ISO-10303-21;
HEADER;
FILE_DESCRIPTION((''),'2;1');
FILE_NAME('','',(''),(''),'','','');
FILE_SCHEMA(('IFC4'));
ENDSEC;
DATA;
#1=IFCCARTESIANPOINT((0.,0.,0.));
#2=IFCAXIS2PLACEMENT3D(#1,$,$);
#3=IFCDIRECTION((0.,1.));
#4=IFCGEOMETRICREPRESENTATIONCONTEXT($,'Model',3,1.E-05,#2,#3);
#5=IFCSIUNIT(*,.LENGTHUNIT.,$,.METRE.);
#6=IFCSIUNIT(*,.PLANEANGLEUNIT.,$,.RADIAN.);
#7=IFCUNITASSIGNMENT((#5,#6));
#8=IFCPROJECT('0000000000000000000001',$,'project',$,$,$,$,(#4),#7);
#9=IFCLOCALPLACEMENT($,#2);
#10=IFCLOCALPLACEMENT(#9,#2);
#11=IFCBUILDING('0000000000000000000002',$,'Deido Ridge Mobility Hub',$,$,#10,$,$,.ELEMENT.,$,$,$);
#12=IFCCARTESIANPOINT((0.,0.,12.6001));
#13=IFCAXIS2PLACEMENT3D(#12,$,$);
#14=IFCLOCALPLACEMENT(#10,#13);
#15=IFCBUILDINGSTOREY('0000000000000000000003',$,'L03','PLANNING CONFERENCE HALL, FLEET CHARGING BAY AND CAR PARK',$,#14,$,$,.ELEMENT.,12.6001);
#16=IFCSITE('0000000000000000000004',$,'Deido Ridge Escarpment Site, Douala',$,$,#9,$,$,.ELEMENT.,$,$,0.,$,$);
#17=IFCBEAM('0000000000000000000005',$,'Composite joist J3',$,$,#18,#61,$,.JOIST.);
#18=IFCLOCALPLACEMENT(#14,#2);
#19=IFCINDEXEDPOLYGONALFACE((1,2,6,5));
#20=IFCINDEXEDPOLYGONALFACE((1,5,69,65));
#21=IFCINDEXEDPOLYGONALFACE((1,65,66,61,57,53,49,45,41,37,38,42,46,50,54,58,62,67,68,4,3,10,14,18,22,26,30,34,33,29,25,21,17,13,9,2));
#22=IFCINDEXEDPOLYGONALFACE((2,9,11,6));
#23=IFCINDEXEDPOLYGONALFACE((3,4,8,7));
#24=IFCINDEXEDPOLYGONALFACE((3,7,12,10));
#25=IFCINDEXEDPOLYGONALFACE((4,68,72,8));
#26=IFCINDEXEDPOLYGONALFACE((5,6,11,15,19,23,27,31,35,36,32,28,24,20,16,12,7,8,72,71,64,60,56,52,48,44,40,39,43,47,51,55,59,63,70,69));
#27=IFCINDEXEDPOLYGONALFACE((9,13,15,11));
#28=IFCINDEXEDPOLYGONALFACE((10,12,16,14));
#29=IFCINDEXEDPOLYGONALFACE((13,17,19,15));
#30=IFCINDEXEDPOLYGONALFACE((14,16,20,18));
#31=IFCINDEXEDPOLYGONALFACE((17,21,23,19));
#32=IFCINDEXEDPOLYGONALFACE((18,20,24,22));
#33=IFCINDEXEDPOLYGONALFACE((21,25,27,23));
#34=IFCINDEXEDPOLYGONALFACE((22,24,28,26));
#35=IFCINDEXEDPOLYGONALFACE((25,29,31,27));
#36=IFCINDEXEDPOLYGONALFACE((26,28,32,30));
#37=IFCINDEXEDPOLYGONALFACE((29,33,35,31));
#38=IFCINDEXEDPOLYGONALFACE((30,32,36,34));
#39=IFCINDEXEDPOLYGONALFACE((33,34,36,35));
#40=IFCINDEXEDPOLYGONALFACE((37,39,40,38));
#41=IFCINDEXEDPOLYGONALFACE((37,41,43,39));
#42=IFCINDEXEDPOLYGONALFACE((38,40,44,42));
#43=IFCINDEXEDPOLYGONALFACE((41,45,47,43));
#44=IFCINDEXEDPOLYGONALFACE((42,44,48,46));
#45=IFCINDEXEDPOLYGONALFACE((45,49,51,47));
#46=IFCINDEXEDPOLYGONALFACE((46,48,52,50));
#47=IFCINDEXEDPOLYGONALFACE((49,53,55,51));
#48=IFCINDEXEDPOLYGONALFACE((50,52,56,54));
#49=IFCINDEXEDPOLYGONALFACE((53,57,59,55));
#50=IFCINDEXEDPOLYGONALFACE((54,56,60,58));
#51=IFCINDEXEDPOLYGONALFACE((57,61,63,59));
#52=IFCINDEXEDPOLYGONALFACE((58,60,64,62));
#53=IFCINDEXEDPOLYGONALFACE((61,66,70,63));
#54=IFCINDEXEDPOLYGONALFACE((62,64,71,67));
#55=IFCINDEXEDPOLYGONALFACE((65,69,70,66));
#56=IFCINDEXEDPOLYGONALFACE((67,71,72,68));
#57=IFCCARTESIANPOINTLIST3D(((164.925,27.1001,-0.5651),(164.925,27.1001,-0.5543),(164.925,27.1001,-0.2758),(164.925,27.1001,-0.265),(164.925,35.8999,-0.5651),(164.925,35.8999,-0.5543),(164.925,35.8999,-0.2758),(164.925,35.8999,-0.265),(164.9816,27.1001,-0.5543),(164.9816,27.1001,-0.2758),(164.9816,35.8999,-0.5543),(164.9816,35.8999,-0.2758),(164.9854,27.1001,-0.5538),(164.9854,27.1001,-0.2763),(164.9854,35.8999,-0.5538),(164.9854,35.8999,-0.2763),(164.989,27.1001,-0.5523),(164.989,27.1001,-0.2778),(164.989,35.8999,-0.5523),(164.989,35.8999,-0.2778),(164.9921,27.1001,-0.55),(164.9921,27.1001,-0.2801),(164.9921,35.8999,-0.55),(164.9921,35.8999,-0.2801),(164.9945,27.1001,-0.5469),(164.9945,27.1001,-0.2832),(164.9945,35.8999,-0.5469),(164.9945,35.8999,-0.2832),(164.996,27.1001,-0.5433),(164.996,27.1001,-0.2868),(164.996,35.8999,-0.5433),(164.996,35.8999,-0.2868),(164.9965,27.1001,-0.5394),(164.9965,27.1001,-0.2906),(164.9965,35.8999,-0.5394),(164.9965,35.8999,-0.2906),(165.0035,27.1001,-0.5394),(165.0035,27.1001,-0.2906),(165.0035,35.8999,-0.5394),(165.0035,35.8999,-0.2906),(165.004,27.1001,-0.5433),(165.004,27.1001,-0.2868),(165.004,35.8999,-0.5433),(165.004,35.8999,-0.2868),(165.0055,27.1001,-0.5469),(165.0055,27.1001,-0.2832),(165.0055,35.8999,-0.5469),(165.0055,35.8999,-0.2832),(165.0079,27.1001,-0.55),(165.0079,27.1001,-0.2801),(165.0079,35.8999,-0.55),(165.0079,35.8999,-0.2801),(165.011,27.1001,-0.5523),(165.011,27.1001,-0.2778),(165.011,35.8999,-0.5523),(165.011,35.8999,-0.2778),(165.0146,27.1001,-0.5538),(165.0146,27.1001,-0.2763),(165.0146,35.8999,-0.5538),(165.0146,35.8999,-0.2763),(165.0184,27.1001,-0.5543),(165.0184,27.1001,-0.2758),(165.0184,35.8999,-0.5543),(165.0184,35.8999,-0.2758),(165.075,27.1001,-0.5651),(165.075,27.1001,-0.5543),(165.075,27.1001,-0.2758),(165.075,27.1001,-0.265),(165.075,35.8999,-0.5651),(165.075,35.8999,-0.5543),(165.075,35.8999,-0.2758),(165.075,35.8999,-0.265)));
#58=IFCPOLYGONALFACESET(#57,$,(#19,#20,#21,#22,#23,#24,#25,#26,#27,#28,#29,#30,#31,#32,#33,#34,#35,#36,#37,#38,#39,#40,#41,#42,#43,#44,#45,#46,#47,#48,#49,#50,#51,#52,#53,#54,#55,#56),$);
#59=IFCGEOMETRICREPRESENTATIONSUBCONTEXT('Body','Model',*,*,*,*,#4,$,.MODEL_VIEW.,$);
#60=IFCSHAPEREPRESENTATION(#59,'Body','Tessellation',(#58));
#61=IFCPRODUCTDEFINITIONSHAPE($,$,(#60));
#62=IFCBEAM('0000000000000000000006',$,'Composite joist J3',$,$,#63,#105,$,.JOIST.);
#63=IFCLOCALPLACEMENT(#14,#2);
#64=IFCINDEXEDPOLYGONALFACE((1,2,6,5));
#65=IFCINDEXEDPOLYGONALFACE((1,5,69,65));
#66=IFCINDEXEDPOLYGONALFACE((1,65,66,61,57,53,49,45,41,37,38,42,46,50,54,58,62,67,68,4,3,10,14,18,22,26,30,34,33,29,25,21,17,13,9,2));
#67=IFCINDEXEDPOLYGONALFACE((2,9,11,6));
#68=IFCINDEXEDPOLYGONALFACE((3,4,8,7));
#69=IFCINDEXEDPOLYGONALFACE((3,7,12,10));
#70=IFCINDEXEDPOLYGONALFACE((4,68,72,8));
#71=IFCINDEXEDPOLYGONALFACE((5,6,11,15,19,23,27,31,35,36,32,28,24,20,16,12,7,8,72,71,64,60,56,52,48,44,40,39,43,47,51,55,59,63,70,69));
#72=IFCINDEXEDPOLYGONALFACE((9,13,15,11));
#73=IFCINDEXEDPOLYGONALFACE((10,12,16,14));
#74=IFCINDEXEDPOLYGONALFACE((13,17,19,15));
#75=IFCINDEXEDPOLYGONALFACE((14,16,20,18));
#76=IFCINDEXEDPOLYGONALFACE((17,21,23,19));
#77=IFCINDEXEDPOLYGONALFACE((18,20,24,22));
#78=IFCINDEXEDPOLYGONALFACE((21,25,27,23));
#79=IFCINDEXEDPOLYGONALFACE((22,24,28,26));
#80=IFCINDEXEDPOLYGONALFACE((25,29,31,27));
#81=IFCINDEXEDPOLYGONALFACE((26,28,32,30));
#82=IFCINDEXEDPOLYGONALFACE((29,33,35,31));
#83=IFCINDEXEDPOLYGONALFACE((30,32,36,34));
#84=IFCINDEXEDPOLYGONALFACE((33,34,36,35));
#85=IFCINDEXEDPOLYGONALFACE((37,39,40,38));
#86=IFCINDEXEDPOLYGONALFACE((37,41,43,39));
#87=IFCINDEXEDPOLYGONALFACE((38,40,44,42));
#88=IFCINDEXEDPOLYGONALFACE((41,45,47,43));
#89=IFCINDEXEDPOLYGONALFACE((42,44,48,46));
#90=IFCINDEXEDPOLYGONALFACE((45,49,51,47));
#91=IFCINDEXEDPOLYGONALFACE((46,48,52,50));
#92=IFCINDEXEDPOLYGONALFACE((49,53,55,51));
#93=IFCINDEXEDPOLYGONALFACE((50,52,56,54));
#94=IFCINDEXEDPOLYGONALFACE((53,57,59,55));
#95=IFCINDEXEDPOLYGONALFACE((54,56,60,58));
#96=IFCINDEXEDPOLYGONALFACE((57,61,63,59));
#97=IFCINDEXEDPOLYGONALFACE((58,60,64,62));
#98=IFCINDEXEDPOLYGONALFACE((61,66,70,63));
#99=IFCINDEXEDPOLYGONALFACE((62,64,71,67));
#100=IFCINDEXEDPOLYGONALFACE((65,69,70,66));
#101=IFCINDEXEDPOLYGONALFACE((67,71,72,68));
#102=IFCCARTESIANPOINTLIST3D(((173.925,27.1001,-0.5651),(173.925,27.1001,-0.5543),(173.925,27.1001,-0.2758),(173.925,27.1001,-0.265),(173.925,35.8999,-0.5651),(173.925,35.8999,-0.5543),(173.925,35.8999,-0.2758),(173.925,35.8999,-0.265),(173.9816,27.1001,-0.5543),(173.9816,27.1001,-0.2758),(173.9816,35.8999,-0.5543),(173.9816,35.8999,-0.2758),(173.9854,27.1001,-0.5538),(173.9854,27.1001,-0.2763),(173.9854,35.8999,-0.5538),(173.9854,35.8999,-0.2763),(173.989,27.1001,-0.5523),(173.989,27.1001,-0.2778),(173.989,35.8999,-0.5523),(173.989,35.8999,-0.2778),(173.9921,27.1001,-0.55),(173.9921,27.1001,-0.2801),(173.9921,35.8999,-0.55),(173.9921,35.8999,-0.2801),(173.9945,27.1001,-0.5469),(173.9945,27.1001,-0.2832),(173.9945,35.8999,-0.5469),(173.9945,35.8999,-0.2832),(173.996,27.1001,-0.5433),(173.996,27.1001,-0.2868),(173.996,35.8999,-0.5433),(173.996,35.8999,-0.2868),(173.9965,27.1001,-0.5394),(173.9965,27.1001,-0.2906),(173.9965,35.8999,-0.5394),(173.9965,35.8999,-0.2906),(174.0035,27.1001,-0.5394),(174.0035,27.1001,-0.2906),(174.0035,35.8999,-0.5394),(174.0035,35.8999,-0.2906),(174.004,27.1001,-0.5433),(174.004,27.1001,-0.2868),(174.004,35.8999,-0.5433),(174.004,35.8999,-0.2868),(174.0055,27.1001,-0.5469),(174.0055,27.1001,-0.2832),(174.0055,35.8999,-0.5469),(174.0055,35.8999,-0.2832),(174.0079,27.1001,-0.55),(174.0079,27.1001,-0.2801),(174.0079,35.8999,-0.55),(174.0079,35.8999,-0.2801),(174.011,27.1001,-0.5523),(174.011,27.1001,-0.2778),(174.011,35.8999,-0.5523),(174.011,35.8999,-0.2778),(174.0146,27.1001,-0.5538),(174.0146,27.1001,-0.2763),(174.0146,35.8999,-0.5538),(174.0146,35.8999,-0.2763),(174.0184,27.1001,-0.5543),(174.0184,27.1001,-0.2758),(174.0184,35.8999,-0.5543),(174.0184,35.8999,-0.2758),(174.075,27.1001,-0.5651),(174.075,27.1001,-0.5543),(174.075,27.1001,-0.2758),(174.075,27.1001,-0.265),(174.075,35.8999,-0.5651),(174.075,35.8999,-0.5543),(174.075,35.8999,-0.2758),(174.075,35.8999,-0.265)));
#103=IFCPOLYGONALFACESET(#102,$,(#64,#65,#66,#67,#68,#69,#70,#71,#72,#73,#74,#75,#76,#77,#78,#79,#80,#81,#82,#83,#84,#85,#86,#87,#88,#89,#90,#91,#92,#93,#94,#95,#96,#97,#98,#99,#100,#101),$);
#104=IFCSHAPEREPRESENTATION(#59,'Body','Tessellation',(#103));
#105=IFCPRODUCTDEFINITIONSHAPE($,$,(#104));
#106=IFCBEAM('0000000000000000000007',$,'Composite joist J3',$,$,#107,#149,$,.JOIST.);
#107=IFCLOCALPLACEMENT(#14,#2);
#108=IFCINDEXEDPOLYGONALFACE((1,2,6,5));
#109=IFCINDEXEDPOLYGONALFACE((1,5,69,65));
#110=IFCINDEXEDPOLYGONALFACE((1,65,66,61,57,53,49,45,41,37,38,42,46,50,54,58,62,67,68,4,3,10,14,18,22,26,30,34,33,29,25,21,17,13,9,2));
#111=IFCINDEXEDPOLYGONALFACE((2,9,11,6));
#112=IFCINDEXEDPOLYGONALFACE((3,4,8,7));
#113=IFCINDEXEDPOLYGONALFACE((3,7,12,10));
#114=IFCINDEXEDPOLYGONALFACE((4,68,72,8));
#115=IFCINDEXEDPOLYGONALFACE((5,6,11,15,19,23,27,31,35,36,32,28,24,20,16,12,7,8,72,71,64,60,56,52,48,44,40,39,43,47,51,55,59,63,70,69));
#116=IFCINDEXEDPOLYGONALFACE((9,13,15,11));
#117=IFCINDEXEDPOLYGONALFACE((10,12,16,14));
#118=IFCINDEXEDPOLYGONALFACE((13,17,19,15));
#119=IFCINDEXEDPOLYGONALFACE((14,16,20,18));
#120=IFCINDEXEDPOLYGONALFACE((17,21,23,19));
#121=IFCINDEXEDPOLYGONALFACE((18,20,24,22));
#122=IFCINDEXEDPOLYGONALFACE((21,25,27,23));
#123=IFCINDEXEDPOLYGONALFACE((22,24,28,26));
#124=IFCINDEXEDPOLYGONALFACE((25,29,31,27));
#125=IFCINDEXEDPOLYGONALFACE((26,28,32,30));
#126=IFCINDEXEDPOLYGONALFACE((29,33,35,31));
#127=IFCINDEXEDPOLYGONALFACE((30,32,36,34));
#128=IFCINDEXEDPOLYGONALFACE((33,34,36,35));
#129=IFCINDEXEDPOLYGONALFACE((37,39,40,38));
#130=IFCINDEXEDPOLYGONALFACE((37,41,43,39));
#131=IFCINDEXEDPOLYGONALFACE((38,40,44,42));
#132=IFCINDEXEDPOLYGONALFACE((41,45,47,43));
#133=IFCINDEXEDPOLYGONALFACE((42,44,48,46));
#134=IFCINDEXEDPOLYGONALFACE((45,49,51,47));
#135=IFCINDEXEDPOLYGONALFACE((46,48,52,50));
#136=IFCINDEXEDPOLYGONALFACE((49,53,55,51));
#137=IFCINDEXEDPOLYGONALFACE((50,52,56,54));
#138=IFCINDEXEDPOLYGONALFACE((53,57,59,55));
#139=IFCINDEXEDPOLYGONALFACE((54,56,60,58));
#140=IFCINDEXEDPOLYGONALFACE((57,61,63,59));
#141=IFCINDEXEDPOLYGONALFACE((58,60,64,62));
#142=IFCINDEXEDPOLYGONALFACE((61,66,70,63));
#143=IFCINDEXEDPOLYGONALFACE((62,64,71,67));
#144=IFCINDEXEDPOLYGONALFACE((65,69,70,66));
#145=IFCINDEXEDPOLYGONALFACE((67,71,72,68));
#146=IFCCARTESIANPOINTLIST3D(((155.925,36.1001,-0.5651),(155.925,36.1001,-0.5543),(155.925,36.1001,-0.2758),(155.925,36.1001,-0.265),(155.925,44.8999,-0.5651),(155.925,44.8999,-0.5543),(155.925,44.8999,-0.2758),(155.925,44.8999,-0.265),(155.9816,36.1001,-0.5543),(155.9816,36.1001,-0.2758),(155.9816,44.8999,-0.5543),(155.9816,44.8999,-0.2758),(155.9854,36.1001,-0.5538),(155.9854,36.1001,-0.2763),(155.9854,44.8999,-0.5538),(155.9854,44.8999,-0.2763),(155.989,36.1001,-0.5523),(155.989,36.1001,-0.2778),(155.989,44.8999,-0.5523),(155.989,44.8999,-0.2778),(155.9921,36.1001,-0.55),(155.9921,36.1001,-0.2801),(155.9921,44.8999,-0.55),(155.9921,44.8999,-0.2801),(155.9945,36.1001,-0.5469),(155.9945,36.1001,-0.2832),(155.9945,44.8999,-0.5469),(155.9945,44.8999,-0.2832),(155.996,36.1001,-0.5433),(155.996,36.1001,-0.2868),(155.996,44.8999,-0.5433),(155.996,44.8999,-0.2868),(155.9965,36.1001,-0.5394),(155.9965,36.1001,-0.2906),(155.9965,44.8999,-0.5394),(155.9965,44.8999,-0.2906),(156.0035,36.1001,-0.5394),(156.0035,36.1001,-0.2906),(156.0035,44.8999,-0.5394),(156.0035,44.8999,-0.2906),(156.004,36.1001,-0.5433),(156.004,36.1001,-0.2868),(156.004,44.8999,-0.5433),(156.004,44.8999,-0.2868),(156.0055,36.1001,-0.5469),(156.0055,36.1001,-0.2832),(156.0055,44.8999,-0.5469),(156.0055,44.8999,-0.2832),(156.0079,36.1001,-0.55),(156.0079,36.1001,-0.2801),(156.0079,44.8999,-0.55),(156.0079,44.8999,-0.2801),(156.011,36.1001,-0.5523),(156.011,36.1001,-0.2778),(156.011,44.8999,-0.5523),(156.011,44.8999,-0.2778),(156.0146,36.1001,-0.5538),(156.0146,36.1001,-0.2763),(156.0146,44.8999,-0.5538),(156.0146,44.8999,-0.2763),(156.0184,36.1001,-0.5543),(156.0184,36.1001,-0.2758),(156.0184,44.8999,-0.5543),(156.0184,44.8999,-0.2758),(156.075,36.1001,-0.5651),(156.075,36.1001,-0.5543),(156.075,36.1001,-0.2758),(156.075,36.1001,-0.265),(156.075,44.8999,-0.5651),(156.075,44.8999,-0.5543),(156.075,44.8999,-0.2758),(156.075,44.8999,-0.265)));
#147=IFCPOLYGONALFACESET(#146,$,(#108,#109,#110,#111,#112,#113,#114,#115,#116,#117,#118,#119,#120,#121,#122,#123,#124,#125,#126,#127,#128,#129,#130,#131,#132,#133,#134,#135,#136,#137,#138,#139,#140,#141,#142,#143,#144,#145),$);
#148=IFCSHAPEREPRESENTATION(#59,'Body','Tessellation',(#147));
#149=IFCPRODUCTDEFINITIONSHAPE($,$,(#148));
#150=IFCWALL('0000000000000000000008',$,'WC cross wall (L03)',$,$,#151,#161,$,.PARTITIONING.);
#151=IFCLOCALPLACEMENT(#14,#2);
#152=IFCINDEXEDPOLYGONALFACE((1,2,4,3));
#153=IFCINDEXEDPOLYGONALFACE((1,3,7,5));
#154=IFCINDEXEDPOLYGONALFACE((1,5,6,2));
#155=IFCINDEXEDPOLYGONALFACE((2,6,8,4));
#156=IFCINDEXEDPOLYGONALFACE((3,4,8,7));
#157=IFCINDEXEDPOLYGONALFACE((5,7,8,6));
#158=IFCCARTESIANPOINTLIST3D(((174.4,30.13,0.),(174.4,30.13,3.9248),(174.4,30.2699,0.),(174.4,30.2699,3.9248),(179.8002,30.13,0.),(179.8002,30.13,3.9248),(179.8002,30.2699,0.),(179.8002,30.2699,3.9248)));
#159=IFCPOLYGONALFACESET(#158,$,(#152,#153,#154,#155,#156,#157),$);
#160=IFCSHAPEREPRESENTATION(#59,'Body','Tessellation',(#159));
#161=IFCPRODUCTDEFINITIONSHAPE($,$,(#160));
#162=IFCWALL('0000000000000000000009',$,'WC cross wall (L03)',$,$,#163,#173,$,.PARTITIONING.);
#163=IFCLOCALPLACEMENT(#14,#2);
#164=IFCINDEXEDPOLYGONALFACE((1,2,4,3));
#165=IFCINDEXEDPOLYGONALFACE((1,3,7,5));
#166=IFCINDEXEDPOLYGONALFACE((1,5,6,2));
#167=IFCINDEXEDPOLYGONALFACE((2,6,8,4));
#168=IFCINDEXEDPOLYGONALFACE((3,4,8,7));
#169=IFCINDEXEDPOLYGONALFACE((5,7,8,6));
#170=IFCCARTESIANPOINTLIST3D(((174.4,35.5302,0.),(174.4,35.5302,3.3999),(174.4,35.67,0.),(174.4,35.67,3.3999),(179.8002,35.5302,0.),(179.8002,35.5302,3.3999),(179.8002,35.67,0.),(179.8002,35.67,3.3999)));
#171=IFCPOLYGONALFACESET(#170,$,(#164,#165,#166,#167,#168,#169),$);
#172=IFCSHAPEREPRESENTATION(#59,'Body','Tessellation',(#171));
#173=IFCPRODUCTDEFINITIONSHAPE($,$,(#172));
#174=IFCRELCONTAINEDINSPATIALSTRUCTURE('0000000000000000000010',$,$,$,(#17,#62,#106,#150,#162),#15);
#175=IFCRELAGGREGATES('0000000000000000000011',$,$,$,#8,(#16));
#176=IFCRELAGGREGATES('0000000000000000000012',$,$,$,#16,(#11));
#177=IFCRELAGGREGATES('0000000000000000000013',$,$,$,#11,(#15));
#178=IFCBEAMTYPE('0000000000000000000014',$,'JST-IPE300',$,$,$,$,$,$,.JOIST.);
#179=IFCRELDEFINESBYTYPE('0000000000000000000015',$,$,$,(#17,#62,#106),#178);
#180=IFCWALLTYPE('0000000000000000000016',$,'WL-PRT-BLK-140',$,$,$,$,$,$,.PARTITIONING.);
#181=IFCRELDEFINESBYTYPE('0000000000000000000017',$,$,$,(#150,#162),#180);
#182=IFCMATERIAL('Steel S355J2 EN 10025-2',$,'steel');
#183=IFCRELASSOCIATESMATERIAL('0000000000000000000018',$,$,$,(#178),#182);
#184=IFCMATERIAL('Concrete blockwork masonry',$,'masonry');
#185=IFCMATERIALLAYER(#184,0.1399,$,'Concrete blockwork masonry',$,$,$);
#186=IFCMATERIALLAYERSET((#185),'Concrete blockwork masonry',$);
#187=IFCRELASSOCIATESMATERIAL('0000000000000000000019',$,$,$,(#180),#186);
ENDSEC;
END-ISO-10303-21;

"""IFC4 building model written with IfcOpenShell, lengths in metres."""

from ifc_helpers import new_model, si_unit, direction, frame, frame_2d, origin, origin_2d, place, context, subcontext, project, spatial, rectangle, i_section, extrude, material, layer, layer_set, material_profile, profile_set, type_object, element, save


model = new_model("IFC4")

# Units and contexts
model_context = context("Model", 3, precision=1e-05, world=origin(), true_north=direction((0.0, 1.0)))
body_context = subcontext(model_context, "Body", "Model", "MODEL_VIEW")
ifc_project = project(units=[si_unit("LENGTHUNIT", "METRE"), si_unit("PLANEANGLEUNIT", "RADIAN")], contexts=[model_context])

# Site, building, storey
site_placement = place(None, origin())
site = spatial("IfcSite", under=ifc_project, at=site_placement, Name="Deido Ridge Escarpment Site, Douala", CompositionType="ELEMENT", RefElevation=0.0)
building_placement = place(site_placement, origin())
building = spatial("IfcBuilding", under=site, at=building_placement, Name="Deido Ridge Mobility Hub", CompositionType="ELEMENT")
storey_placement = place(building_placement, frame((0.0, 0.0, 12.6001)))
storey = spatial("IfcBuildingStorey", under=building, at=storey_placement, Name="L03", Description="PLANNING CONFERENCE HALL, FLEET CHARGING BAY AND CAR PARK", CompositionType="ELEMENT", Elevation=12.6001)

# Shared definitions
ifc_material_1 = material(Name="Steel S355J2 EN 10025-2", Category="steel")

# Beams
ifc_material_profile_1 = material_profile(ifc_material_1, i_section(OverallWidth=0.1499, OverallDepth=0.3, WebThickness=0.0071, FlangeThickness=0.0107, FilletRadius=0.0149, at=origin_2d()), Name="IPE 300")
ifc_profile_set_1 = profile_set([ifc_material_profile_1], Name="Steel S355J2 EN 10025-2")
beam_type_1 = type_object("IfcBeamType", Name="JST-IPE300", PredefinedType="JOIST", material=ifc_profile_set_1)
for number, where, z_axis, x_axis, name in (
    (1, (165.0, 27.1001, -0.415), (0.0, 1.0, 0.0), (-1.0, 0.0, 0.0), "Composite joist J3"),
    (2, (174.0, 27.1001, -0.415), (0.0, 1.0, 0.0), (-1.0, 0.0, 0.0), "Composite joist J3"),
    (3, (156.0, 36.1001, -0.415), (0.0, 1.0, 0.0), (-1.0, 0.0, 0.0), "Composite joist J3"),
):
    element("IfcBeam", number, at=place(storey_placement, frame(where, z_axis=z_axis, x_axis=x_axis)), inside=storey, type_object=beam_type_1, Name=name, PredefinedType="JOIST", context=body_context, shape_type="SweptSolid", body=[
        extrude(i_section(OverallWidth=0.1499, OverallDepth=0.3, WebThickness=0.0071, FlangeThickness=0.0107, FilletRadius=0.0149, at=origin_2d()), origin(), (0.0, 0.0, 1.0), 8.7998),
    ])

# Walls
ifc_material_2 = material(Name="Concrete blockwork masonry", Category="masonry")
ifc_layer_1 = layer(ifc_material_2, 0.1399, Name="Concrete blockwork masonry")
ifc_layer_set_1 = layer_set([ifc_layer_1], Name="Concrete blockwork masonry")
wall_type_1 = type_object("IfcWallType", Name="WL-PRT-BLK-140", PredefinedType="PARTITIONING", material=ifc_layer_set_1)
wall_1_placement = place(storey_placement, frame((174.3999, 30.2, 0.0), z_axis=(0.0, 0.0, 1.0), x_axis=(1.0, 0.0, 0.0)))
element("IfcWall", 4, at=wall_1_placement, inside=storey, type_object=wall_type_1, Name="WC cross wall (L03)", PredefinedType="PARTITIONING", context=body_context, shape_type="SweptSolid", body=[
    extrude(rectangle(XDim=5.4001, YDim=0.1399, at=frame_2d((2.7002, 0.0))), origin(), (0.0, 0.0, 1.0), 3.9248),
])
wall_2_placement = place(storey_placement, frame((174.3999, 35.6001, 0.0), z_axis=(0.0, 0.0, 1.0), x_axis=(1.0, 0.0, 0.0)))
element("IfcWall", 5, at=wall_2_placement, inside=storey, type_object=wall_type_1, Name="WC cross wall (L03)", PredefinedType="PARTITIONING", context=body_context, shape_type="SweptSolid", body=[
    extrude(rectangle(XDim=5.4001, YDim=0.1399, at=frame_2d((2.7002, 0.0))), origin(), (0.0, 0.0, 1.0), 3.3999),
])

save(model, "model.ifc")
